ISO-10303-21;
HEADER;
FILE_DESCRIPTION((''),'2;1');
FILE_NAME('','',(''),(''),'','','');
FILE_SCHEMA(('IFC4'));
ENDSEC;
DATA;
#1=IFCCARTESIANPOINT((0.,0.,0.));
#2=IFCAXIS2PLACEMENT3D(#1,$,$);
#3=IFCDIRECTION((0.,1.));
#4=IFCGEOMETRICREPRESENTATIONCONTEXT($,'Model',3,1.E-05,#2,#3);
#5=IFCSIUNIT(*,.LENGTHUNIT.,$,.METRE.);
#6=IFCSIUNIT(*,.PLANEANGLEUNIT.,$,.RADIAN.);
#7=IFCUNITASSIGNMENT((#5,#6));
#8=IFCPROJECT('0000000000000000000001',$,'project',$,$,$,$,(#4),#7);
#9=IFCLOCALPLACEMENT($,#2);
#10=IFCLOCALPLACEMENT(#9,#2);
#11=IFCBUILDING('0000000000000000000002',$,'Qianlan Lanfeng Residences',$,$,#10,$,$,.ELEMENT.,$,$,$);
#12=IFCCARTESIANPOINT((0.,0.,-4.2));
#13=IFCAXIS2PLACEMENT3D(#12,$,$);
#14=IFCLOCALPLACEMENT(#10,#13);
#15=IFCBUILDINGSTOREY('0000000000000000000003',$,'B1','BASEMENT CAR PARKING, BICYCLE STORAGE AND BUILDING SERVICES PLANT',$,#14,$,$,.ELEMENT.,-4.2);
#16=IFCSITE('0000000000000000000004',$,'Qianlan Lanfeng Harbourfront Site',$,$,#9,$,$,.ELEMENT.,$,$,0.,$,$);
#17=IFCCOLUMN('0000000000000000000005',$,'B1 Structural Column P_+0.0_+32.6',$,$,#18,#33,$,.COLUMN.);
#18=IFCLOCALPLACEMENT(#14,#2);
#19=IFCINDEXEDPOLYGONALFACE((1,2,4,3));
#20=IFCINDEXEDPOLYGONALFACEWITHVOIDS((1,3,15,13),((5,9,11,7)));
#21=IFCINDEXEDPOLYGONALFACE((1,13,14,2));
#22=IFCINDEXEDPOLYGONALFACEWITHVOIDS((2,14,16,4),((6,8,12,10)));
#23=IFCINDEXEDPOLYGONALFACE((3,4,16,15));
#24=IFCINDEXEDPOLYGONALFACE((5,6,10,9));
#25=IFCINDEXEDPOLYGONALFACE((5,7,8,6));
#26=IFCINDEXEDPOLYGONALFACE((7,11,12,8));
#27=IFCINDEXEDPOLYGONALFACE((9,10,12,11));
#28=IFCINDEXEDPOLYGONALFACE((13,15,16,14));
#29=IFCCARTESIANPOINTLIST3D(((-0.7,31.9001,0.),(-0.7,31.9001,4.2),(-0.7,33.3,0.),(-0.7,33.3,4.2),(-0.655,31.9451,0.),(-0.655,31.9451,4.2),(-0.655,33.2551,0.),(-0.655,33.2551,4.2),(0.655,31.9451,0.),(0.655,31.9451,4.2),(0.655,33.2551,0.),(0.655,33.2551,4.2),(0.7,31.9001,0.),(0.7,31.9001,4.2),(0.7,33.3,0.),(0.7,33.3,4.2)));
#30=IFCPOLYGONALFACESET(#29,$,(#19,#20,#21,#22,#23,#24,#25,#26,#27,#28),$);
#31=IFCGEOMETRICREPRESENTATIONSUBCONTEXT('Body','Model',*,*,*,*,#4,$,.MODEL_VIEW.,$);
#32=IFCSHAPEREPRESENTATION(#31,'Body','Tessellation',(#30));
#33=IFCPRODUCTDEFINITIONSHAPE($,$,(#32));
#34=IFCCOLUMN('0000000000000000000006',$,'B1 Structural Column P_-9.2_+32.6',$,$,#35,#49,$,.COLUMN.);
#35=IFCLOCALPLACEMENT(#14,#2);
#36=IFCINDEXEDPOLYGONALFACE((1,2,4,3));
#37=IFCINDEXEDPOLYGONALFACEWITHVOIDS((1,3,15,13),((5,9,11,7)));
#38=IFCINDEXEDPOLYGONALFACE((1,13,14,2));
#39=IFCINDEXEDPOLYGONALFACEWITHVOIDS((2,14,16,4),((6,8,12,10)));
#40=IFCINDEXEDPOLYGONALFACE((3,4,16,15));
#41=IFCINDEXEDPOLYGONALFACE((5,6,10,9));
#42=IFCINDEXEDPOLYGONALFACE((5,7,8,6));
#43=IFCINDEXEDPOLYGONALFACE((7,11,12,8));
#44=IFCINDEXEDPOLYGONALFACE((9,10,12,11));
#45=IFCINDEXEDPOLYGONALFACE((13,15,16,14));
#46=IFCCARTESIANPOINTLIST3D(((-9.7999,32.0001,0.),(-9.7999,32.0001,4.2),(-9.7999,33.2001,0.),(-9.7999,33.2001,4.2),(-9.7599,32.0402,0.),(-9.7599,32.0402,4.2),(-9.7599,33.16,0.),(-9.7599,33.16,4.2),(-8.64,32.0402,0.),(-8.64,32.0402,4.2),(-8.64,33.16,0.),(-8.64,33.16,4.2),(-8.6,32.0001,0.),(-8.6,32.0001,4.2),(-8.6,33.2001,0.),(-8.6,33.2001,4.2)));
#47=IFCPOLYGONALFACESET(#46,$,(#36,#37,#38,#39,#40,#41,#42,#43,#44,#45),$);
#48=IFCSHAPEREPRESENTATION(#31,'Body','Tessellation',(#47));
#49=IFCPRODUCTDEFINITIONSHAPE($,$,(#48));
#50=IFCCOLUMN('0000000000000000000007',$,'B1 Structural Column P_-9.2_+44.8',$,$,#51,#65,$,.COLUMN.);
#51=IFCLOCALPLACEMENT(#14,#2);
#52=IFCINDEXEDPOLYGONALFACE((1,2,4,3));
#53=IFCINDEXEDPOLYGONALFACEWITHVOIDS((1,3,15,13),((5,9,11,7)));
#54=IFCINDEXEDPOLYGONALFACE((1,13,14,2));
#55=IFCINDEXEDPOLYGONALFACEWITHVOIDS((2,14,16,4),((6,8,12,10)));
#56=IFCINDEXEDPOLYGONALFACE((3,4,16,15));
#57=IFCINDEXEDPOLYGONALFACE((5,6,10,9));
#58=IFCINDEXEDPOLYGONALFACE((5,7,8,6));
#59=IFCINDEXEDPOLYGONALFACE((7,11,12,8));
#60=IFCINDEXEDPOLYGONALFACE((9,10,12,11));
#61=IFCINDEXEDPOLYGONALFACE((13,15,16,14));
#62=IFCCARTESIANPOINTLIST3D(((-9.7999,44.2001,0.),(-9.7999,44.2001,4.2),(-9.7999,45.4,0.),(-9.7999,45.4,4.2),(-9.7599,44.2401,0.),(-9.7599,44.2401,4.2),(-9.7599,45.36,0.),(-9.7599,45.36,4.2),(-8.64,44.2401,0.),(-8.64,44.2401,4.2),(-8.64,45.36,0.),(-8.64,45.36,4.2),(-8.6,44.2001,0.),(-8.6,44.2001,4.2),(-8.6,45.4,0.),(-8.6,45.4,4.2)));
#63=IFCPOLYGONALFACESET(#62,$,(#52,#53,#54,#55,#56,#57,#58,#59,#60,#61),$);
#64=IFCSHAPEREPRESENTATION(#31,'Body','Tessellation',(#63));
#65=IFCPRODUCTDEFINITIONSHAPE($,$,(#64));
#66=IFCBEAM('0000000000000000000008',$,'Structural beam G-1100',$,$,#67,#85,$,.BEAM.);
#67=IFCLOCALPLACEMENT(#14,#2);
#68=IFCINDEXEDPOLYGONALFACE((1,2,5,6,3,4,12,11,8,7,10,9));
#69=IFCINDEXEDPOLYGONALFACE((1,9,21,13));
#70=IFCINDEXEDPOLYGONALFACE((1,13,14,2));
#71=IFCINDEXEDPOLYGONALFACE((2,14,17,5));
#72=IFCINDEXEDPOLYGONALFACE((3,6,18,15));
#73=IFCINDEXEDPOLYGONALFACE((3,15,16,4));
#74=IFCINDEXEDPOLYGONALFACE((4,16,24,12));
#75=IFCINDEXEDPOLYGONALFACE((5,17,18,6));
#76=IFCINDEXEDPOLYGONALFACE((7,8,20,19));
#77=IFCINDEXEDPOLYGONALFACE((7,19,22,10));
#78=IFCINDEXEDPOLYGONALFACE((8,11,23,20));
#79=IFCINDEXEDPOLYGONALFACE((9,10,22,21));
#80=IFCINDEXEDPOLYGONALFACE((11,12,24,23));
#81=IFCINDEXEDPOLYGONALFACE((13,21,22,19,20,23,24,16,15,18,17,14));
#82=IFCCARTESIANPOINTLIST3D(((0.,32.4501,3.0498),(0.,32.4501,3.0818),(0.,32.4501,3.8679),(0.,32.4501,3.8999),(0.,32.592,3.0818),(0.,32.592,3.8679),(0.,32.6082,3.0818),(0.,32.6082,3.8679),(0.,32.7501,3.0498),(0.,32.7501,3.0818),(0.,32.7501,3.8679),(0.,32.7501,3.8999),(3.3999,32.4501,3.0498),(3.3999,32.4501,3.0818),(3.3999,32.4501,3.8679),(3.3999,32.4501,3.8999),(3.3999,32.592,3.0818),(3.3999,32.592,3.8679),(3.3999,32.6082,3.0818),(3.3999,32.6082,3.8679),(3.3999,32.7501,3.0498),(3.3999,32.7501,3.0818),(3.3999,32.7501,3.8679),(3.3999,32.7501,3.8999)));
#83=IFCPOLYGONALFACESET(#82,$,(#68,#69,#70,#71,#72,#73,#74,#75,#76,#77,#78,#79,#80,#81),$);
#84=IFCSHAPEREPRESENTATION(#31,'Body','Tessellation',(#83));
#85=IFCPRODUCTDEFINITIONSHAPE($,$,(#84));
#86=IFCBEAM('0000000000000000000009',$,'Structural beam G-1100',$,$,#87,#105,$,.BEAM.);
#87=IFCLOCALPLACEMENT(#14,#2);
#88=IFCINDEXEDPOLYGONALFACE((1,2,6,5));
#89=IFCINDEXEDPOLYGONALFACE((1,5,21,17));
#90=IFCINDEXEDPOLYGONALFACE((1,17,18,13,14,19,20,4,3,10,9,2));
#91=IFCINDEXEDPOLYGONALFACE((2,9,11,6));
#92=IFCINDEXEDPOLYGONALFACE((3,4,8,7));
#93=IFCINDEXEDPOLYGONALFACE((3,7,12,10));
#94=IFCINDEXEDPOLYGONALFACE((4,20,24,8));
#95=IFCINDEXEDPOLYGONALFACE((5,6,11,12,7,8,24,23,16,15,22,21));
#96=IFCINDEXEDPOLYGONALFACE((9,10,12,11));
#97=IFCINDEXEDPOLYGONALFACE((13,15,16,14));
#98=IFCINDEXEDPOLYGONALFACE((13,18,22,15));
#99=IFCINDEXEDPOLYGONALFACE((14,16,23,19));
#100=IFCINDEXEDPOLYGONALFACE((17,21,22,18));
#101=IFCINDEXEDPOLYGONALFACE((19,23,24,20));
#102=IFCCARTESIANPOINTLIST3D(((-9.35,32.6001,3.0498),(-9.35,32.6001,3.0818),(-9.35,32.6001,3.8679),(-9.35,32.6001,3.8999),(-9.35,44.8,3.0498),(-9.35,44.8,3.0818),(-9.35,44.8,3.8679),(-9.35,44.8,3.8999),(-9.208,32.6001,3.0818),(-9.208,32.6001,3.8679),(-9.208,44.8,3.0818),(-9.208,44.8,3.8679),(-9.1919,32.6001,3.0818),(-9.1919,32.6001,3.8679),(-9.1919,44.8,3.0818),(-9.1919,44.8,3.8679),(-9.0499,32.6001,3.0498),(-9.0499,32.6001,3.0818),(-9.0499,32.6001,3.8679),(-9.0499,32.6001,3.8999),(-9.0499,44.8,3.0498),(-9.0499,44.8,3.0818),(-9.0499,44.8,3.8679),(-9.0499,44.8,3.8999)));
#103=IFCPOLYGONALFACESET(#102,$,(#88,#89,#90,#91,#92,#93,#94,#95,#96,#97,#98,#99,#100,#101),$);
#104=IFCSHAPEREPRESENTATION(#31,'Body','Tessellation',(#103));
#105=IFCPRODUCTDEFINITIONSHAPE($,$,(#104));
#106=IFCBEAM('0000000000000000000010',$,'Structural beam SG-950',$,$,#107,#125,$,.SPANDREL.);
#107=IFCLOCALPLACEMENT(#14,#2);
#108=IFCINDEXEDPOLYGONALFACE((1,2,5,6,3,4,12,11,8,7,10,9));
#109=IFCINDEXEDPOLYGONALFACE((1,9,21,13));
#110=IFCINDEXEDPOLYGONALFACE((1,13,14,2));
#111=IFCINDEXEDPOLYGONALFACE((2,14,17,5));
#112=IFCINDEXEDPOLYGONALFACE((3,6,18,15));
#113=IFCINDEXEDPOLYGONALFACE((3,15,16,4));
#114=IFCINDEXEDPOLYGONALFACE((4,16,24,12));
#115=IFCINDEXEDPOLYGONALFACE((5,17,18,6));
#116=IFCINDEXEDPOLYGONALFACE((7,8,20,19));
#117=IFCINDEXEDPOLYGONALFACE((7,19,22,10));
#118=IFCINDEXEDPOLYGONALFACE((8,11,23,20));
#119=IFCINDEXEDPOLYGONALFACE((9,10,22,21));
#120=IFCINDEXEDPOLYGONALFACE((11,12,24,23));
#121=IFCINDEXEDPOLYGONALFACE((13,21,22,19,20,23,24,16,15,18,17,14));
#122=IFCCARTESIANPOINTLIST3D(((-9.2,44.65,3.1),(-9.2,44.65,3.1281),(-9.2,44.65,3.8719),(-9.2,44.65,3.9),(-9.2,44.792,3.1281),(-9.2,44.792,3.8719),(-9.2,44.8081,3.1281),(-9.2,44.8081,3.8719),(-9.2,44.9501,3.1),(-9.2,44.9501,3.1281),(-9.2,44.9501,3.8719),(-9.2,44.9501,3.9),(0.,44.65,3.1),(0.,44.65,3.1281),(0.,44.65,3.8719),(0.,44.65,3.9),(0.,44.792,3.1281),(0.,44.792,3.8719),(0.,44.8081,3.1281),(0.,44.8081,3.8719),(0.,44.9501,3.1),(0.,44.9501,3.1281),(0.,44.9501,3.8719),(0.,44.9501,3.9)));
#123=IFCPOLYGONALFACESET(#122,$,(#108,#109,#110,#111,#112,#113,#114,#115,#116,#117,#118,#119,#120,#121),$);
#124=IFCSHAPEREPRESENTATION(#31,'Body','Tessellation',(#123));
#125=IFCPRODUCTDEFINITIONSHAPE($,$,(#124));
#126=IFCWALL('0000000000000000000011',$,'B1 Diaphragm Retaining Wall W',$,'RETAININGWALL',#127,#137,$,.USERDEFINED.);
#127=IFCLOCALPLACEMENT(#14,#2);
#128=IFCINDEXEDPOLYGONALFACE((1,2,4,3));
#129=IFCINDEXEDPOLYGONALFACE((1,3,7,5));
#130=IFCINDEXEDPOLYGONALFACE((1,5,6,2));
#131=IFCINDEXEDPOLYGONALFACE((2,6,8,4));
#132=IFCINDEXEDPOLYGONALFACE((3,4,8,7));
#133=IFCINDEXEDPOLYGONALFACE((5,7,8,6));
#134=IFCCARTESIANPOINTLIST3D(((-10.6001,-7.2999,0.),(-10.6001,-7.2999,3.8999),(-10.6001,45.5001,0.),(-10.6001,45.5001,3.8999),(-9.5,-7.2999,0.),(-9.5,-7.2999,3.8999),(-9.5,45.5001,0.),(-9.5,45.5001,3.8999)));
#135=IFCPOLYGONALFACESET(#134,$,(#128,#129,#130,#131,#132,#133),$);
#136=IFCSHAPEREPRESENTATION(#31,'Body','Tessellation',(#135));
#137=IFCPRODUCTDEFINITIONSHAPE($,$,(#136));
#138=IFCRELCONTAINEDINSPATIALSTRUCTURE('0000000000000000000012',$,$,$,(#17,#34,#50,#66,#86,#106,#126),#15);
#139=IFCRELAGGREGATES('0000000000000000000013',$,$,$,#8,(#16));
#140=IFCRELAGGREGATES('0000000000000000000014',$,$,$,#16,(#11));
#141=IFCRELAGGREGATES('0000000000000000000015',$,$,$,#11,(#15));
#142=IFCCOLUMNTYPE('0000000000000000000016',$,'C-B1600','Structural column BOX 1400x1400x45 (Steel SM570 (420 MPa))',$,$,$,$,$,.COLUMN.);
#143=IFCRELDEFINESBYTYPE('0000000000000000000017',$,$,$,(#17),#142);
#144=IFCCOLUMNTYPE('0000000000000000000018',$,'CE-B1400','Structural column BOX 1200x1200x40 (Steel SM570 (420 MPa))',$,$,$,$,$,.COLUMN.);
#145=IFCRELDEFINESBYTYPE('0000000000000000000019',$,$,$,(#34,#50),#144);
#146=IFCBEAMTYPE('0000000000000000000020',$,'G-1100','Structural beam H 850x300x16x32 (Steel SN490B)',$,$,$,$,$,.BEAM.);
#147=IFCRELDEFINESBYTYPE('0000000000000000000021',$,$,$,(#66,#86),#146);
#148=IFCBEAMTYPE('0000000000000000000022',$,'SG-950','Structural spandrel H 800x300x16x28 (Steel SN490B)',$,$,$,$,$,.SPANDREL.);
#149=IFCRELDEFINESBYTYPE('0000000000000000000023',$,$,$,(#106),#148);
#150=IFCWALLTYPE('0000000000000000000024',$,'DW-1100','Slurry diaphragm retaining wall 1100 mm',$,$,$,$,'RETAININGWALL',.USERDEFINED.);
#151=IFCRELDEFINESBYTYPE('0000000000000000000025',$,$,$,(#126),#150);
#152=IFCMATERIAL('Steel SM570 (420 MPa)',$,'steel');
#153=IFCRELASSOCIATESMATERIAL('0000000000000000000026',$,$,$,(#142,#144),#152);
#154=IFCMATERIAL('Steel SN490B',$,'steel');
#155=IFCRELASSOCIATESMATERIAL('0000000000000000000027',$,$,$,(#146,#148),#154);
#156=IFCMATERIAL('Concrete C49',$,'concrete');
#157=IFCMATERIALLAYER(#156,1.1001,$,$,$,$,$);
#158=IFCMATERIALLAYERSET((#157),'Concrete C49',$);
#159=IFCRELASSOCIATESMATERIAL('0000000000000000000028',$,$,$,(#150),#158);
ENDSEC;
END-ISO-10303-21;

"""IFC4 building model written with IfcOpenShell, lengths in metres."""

from ifc_helpers import new_model, si_unit, direction, frame, frame_2d, origin, origin_2d, place, context, subcontext, project, spatial, rectangle, hollow_rectangle, i_section, extrude, material, layer, layer_set, material_profile, profile_set, type_object, element, save


model = new_model("IFC4")

# Units and contexts
model_context = context("Model", 3, precision=1e-05, world=origin(), true_north=direction((0.0, 1.0)))
body_context = subcontext(model_context, "Body", "Model", "MODEL_VIEW")
ifc_project = project(units=[si_unit("LENGTHUNIT", "METRE"), si_unit("PLANEANGLEUNIT", "RADIAN")], contexts=[model_context])

# Site, building, storey
site_placement = place(None, origin())
site = spatial("IfcSite", under=ifc_project, at=site_placement, Name="Qianlan Lanfeng Harbourfront Site", CompositionType="ELEMENT", RefElevation=0.0)
building_placement = place(site_placement, origin())
building = spatial("IfcBuilding", under=site, at=building_placement, Name="Qianlan Lanfeng Residences", CompositionType="ELEMENT")
storey_placement = place(building_placement, frame((0.0, 0.0, -4.2)))
storey = spatial("IfcBuildingStorey", under=building, at=storey_placement, Name="B1", Description="BASEMENT CAR PARKING, BICYCLE STORAGE AND BUILDING SERVICES PLANT", CompositionType="ELEMENT", Elevation=-4.2)

# Columns
ifc_material_1 = material(Name="Steel SM570 (420 MPa)", Category="steel")
ifc_material_profile_1 = material_profile(ifc_material_1, hollow_rectangle(XDim=1.3999, YDim=1.3999, WallThickness=0.0449, at=origin_2d()), Name="BOX 1400x1400x45")
ifc_profile_set_1 = profile_set([ifc_material_profile_1], Name="Steel SM570 (420 MPa)")
column_type_1 = type_object("IfcColumnType", Name="C-B1600", Description="Structural column BOX 1400x1400x45 (Steel SM570 (420 MPa))", PredefinedType="COLUMN", material=ifc_profile_set_1)
column_placement = place(storey_placement, frame((0.0, 32.6001, 0.0), z_axis=(0.0, 0.0, 1.0), x_axis=(1.0, 0.0, 0.0)))
element("IfcColumn", 1, at=column_placement, inside=storey, type_object=column_type_1, Name="B1 Structural Column P_+0.0_+32.6", PredefinedType="COLUMN", context=body_context, shape_type="SweptSolid", body=[
    extrude(hollow_rectangle(XDim=1.3999, YDim=1.3999, WallThickness=0.0449, at=origin_2d()), origin(), (0.0, 0.0, 1.0), 4.2),
])
ifc_material_profile_2 = material_profile(ifc_material_1, hollow_rectangle(XDim=1.2, YDim=1.2, WallThickness=0.04, at=origin_2d()), Name="BOX 1200x1200x40")
ifc_profile_set_2 = profile_set([ifc_material_profile_2], Name="Steel SM570 (420 MPa)")
column_type_2 = type_object("IfcColumnType", Name="CE-B1400", Description="Structural column BOX 1200x1200x40 (Steel SM570 (420 MPa))", PredefinedType="COLUMN", material=ifc_profile_set_2)
for number, where, z_axis, x_axis, name in (
    (2, (-9.2, 32.6001, 0.0), (0.0, 0.0, 1.0), (1.0, 0.0, 0.0), "B1 Structural Column P_-9.2_+32.6"),
    (3, (-9.2, 44.8, 0.0), (0.0, 0.0, 1.0), (1.0, 0.0, 0.0), "B1 Structural Column P_-9.2_+44.8"),
):
    element("IfcColumn", number, at=place(storey_placement, frame(where, z_axis=z_axis, x_axis=x_axis)), inside=storey, type_object=column_type_2, Name=name, PredefinedType="COLUMN", context=body_context, shape_type="SweptSolid", body=[
        extrude(hollow_rectangle(XDim=1.2, YDim=1.2, WallThickness=0.04, at=origin_2d()), origin(), (0.0, 0.0, 1.0), 4.2),
    ])

# Beams
ifc_material_2 = material(Name="Steel SN490B", Category="steel")
ifc_material_profile_3 = material_profile(ifc_material_2, i_section(OverallWidth=0.3, OverallDepth=0.8501, WebThickness=0.0161, FlangeThickness=0.032, at=origin_2d()), Name="H 850x300x16x32")
ifc_profile_set_3 = profile_set([ifc_material_profile_3], Name="Steel SN490B")
beam_type_1 = type_object("IfcBeamType", Name="G-1100", Description="Structural beam H 850x300x16x32 (Steel SN490B)", PredefinedType="BEAM", material=ifc_profile_set_3)
beam_1_placement = place(storey_placement, frame((0.0, 32.6001, 3.4749), z_axis=(1.0, 0.0, 0.0), x_axis=(0.0, 1.0, 0.0)))
element("IfcBeam", 4, at=beam_1_placement, inside=storey, type_object=beam_type_1, Name="Structural beam G-1100", PredefinedType="BEAM", context=body_context, shape_type="SweptSolid", body=[
    extrude(i_section(OverallWidth=0.3, OverallDepth=0.8501, WebThickness=0.0161, FlangeThickness=0.032, at=origin_2d()), origin(), (0.0, 0.0, 1.0), 3.3999),
])
beam_2_placement = place(storey_placement, frame((-9.2, 32.6001, 3.4749), z_axis=(0.0, 1.0, 0.0), x_axis=(-1.0, 0.0, 0.0)))
element("IfcBeam", 5, at=beam_2_placement, inside=storey, type_object=beam_type_1, Name="Structural beam G-1100", PredefinedType="BEAM", context=body_context, shape_type="SweptSolid", body=[
    extrude(i_section(OverallWidth=0.3, OverallDepth=0.8501, WebThickness=0.0161, FlangeThickness=0.032, at=origin_2d()), origin(), (0.0, 0.0, 1.0), 12.2),
])
ifc_material_profile_4 = material_profile(ifc_material_2, i_section(OverallWidth=0.3, OverallDepth=0.8, WebThickness=0.0161, FlangeThickness=0.0281, at=origin_2d()), Name="H 800x300x16x28")
ifc_profile_set_4 = profile_set([ifc_material_profile_4], Name="Steel SN490B")
beam_type_2 = type_object("IfcBeamType", Name="SG-950", Description="Structural spandrel H 800x300x16x28 (Steel SN490B)", PredefinedType="SPANDREL", material=ifc_profile_set_4)
beam_3_placement = place(storey_placement, frame((-9.2, 44.8, 3.5), z_axis=(1.0, 0.0, 0.0), x_axis=(0.0, 1.0, 0.0)))
element("IfcBeam", 6, at=beam_3_placement, inside=storey, type_object=beam_type_2, Name="Structural beam SG-950", PredefinedType="SPANDREL", context=body_context, shape_type="SweptSolid", body=[
    extrude(i_section(OverallWidth=0.3, OverallDepth=0.8, WebThickness=0.0161, FlangeThickness=0.0281, at=origin_2d()), origin(), (0.0, 0.0, 1.0), 9.2),
])

# Wall
ifc_material_3 = material(Name="Concrete C49", Category="concrete")
ifc_layer_1 = layer(ifc_material_3, 1.1001)
ifc_layer_set_1 = layer_set([ifc_layer_1], Name="Concrete C49")
wall_type_1 = type_object("IfcWallType", Name="DW-1100", Description="Slurry diaphragm retaining wall 1100 mm", ElementType="RETAININGWALL", PredefinedType="USERDEFINED", material=ifc_layer_set_1)
wall_1_placement = place(storey_placement, frame((-10.05, 45.5, 0.0), z_axis=(0.0, 0.0, 1.0), x_axis=(0.0, -1.0, 0.0)))
element("IfcWall", 7, at=wall_1_placement, inside=storey, type_object=wall_type_1, Name="B1 Diaphragm Retaining Wall W", ObjectType="RETAININGWALL", PredefinedType="USERDEFINED", context=body_context, shape_type="SweptSolid", body=[
    extrude(rectangle(XDim=52.8, YDim=1.1001, at=frame_2d((26.3999, 0.0))), origin(), (0.0, 0.0, 1.0), 3.8999),
])

save(model, "model.ifc")
